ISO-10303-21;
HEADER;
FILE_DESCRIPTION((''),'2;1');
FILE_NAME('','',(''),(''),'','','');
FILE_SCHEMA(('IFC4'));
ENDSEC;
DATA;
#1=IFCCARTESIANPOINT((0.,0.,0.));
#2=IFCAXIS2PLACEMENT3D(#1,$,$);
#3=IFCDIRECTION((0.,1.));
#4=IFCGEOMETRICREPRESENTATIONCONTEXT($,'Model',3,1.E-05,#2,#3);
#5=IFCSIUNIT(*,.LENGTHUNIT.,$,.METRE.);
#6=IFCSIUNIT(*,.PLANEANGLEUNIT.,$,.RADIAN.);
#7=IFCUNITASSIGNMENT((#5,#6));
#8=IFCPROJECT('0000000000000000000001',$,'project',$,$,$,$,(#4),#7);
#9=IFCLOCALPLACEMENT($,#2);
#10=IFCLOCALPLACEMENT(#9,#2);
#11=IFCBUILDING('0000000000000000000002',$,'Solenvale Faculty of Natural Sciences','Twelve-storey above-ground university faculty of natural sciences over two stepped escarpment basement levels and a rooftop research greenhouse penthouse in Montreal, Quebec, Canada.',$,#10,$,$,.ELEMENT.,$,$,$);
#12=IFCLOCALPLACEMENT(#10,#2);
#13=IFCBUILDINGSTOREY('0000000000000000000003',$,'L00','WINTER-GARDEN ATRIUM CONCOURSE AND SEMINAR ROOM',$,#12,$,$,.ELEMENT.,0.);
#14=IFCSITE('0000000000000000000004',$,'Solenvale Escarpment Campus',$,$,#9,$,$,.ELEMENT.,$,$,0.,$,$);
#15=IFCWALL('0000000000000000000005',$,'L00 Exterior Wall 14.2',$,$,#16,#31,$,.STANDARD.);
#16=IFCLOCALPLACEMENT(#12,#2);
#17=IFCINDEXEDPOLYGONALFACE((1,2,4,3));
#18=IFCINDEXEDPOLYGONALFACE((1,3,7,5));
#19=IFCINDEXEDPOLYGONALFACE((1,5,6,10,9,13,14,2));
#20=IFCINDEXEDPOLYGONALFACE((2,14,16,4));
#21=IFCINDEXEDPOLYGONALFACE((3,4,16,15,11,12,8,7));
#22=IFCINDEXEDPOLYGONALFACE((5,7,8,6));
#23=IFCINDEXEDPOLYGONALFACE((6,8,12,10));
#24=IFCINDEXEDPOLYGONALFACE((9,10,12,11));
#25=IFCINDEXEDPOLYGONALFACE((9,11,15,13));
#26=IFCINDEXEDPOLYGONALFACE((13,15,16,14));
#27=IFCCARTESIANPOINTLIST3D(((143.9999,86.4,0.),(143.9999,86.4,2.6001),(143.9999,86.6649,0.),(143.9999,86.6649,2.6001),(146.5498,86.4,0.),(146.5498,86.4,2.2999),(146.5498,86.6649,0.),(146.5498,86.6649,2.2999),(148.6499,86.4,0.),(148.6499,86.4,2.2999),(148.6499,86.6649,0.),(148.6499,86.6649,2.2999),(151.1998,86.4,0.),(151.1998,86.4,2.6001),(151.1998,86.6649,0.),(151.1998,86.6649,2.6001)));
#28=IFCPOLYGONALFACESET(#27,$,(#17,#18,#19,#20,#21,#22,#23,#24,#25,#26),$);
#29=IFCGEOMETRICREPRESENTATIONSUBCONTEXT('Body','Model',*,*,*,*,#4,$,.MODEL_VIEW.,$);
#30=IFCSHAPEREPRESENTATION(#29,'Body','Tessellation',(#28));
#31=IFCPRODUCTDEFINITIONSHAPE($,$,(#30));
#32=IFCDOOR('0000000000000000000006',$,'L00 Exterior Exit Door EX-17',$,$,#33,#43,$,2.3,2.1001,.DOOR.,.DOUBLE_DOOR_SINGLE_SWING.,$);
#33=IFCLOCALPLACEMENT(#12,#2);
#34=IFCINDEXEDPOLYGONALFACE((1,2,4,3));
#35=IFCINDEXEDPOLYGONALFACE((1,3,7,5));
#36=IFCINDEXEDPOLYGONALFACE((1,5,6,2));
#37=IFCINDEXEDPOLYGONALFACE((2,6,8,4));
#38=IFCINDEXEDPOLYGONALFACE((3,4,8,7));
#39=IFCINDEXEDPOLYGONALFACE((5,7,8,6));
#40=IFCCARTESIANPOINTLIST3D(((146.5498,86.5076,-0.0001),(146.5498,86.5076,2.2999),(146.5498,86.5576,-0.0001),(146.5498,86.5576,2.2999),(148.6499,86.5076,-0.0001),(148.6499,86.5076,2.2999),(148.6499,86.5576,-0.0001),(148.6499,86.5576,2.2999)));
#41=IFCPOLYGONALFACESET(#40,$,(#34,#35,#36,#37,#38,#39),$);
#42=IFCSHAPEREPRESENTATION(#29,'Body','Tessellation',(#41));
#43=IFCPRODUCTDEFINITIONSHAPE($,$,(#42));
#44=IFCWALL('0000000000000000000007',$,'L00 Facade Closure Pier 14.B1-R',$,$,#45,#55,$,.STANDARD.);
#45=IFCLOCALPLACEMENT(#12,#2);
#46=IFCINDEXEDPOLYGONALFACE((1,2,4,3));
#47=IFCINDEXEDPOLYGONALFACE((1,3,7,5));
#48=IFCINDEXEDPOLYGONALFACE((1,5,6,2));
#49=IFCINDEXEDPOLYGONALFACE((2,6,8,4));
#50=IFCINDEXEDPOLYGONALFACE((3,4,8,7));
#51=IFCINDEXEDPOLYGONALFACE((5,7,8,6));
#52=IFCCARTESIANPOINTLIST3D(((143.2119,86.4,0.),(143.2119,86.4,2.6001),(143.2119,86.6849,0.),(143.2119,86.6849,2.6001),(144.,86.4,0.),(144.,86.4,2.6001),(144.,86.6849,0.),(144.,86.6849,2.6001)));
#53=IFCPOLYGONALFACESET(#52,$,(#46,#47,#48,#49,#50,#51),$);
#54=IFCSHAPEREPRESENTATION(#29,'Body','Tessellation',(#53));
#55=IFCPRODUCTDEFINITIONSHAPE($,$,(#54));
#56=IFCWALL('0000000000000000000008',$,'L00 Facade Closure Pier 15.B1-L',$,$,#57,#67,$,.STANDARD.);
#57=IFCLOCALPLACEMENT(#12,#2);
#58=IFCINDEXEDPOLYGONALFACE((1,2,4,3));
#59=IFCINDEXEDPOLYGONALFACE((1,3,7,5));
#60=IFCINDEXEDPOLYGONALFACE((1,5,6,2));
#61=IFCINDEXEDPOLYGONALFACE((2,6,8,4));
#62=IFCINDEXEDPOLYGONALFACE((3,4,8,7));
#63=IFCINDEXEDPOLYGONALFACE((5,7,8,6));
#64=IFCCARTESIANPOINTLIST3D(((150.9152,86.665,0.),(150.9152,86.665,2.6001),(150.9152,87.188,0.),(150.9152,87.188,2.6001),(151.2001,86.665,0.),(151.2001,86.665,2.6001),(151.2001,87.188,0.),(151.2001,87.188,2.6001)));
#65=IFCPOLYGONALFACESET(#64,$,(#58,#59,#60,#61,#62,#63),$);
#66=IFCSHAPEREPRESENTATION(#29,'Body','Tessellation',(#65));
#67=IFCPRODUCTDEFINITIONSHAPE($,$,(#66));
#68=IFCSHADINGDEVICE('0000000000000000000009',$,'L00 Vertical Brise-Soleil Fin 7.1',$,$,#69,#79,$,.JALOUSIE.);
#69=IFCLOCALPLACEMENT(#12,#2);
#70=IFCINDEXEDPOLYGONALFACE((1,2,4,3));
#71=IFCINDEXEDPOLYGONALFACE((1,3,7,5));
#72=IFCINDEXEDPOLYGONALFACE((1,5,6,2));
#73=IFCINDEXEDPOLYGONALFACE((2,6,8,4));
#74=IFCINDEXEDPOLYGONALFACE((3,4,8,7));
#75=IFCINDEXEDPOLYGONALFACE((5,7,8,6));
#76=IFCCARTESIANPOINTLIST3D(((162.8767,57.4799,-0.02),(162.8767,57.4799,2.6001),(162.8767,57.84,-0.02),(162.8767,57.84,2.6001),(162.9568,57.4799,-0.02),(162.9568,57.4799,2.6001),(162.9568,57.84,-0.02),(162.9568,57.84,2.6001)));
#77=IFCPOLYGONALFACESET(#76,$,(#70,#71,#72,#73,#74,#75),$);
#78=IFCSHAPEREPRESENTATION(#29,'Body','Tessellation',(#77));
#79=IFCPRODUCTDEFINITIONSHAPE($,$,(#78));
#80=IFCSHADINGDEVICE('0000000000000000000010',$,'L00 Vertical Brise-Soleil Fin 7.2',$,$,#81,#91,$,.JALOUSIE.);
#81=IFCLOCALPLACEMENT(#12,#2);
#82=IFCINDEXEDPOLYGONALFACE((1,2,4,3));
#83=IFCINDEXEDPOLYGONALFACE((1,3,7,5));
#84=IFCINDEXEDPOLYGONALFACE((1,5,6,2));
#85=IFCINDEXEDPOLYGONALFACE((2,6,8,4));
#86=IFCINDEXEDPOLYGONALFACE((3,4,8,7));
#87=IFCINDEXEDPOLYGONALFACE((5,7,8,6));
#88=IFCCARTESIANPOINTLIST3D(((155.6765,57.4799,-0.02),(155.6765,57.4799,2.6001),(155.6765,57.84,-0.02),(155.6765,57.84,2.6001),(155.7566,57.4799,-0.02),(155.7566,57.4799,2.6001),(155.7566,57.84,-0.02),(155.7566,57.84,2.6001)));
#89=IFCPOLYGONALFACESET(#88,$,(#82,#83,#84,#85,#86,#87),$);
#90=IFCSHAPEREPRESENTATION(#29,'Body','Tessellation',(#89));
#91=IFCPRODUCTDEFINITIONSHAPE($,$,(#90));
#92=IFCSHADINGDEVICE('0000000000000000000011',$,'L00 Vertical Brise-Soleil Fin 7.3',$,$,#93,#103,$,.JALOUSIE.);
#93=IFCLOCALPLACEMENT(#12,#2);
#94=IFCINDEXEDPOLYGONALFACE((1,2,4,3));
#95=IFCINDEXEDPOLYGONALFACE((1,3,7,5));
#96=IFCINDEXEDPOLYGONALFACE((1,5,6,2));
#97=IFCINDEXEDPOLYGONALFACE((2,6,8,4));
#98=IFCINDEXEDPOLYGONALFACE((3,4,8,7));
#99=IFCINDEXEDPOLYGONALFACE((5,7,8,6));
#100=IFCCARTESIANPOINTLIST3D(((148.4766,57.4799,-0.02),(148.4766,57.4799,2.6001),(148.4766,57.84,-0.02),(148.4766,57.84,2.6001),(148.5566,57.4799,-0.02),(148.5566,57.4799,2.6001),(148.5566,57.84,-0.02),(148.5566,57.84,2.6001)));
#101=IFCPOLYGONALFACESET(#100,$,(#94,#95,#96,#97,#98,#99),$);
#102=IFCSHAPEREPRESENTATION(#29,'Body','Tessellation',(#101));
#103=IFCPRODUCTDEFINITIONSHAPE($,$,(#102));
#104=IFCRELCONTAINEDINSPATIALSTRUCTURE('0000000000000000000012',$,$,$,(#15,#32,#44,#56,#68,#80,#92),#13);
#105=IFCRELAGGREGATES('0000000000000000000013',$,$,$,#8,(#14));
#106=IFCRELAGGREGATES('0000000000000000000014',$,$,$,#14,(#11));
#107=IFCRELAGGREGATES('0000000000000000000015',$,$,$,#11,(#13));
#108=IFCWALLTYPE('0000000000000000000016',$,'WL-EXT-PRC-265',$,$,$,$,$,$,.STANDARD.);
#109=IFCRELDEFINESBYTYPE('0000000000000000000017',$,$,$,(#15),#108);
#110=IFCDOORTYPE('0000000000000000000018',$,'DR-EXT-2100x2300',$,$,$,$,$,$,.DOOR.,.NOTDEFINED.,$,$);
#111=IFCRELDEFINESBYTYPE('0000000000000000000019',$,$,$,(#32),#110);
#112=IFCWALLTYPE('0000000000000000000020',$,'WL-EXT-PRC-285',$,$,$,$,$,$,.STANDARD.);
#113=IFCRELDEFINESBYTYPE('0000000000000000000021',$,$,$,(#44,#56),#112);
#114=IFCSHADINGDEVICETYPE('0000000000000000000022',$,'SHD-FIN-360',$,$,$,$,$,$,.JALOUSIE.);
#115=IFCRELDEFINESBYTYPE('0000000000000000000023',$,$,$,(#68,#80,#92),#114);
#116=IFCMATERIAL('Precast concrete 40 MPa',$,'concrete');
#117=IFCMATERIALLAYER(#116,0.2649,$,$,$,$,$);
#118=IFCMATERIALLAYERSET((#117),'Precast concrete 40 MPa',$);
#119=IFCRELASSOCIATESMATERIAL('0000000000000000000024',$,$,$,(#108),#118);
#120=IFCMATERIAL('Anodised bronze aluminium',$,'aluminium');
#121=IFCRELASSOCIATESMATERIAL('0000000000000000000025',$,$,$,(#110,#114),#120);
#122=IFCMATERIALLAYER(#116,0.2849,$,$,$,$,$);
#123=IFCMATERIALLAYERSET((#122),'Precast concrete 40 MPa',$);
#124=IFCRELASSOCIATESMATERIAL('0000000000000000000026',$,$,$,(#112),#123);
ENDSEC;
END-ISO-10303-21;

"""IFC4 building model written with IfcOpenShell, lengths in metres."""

from ifc_helpers import new_model, si_unit, direction, frame, frame_2d, origin, origin_2d, place, context, subcontext, project, spatial, rectangle, extrude, material, layer, layer_set, material_profile, profile_set, type_object, element, fill, save


model = new_model("IFC4")

# Units and contexts
model_context = context("Model", 3, precision=1e-05, world=origin(), true_north=direction((0.0, 1.0)))
body_context = subcontext(model_context, "Body", "Model", "MODEL_VIEW")
ifc_project = project(units=[si_unit("LENGTHUNIT", "METRE"), si_unit("PLANEANGLEUNIT", "RADIAN")], contexts=[model_context])

# Site, building, storey
site_placement = place(None, origin())
site = spatial("IfcSite", under=ifc_project, at=site_placement, Name="Solenvale Escarpment Campus", CompositionType="ELEMENT", RefElevation=0.0)
building_placement = place(site_placement, origin())
building = spatial("IfcBuilding", under=site, at=building_placement, Name="Solenvale Faculty of Natural Sciences", Description="Twelve-storey above-ground university faculty of natural sciences over two stepped escarpment basement levels and a rooftop research greenhouse penthouse in Montreal, Quebec, Canada.", CompositionType="ELEMENT")
storey_placement = place(building_placement, origin())
storey = spatial("IfcBuildingStorey", under=building, at=storey_placement, Name="L00", Description="WINTER-GARDEN ATRIUM CONCOURSE AND SEMINAR ROOM", CompositionType="ELEMENT", Elevation=0.0)

# Shared definitions
ifc_material_1 = material(Name="Anodised bronze aluminium", Category="aluminium")

# Wall, opening, door
ifc_material_2 = material(Name="Precast concrete 40 MPa", Category="concrete")
ifc_layer_1 = layer(ifc_material_2, 0.2649)
ifc_layer_set_1 = layer_set([ifc_layer_1], Name="Precast concrete 40 MPa")
wall_type_1 = type_object("IfcWallType", Name="WL-EXT-PRC-265", PredefinedType="STANDARD", material=ifc_layer_set_1)
wall_1_placement = place(storey_placement, frame((151.2, 86.5325, 0.0), z_axis=(0.0, 0.0, 1.0), x_axis=(-1.0, 0.0, 0.0)))
wall_1 = element("IfcWall", 1, at=wall_1_placement, inside=storey, type_object=wall_type_1, Name="L00 Exterior Wall 14.2", PredefinedType="STANDARD", context=body_context, shape_type="SweptSolid", body=[
    extrude(rectangle(XDim=7.2, YDim=0.2649, at=frame_2d((3.6001, 0.0))), origin(), (0.0, 0.0, 1.0), 2.6001),
])
opening_placement = place(wall_1_placement, frame((2.55, 0.0, 0.0)))
opening = element("IfcOpeningElement", 2, at=opening_placement, cuts=wall_1, PredefinedType="OPENING", context=body_context, shape_type="SweptSolid", body=[
    extrude(rectangle(XDim=2.1001, YDim=2.3, at=frame_2d((1.05, 1.1499))), frame((0.0, 0.1423, 0.0), z_axis=(0.0, -1.0, 0.0), x_axis=(1.0, 0.0, 0.0)), (0.0, 0.0, 1.0), 0.2849),
])
door_type = type_object("IfcDoorType", Name="DR-EXT-2100x2300", OperationType="NOTDEFINED", PredefinedType="DOOR", material=ifc_material_1)
door_placement = place(opening_placement, origin())
door = element("IfcDoor", 3, at=door_placement, inside=storey, type_object=door_type, Name="L00 Exterior Exit Door EX-17", OperationType="DOUBLE_DOOR_SINGLE_SWING", OverallHeight=2.3, OverallWidth=2.1001, PredefinedType="DOOR", context=body_context, shape_type="SweptSolid", body=[
    extrude(rectangle(XDim=2.1001, YDim=2.3, at=frame_2d((1.05, 1.1499))), frame((0.0, 0.0249, 0.0), z_axis=(0.0, -1.0, 0.0), x_axis=(1.0, 0.0, 0.0)), (0.0, 0.0, 1.0), 0.05),
])
fill(opening, door)

# Walls
ifc_layer_2 = layer(ifc_material_2, 0.2849)
ifc_layer_set_2 = layer_set([ifc_layer_2], Name="Precast concrete 40 MPa")
wall_type_2 = type_object("IfcWallType", Name="WL-EXT-PRC-285", PredefinedType="STANDARD", material=ifc_layer_set_2)
wall_2_placement = place(storey_placement, frame((143.2119, 86.5425, 0.0), z_axis=(0.0, 0.0, 1.0), x_axis=(1.0, 0.0, 0.0)))
element("IfcWall", 4, at=wall_2_placement, inside=storey, type_object=wall_type_2, Name="L00 Facade Closure Pier 14.B1-R", PredefinedType="STANDARD", context=body_context, shape_type="SweptSolid", body=[
    extrude(rectangle(XDim=0.7881, YDim=0.2849, at=frame_2d((0.394, 0.0))), origin(), (0.0, 0.0, 1.0), 2.6001),
])
wall_3_placement = place(storey_placement, frame((151.0576, 86.665, 0.0), z_axis=(0.0, 0.0, 1.0), x_axis=(0.0, 1.0, 0.0)))
element("IfcWall", 5, at=wall_3_placement, inside=storey, type_object=wall_type_2, Name="L00 Facade Closure Pier 15.B1-L", PredefinedType="STANDARD", context=body_context, shape_type="SweptSolid", body=[
    extrude(rectangle(XDim=0.5229, YDim=0.2849, at=frame_2d((0.2615, 0.0))), origin(), (0.0, 0.0, 1.0), 2.6001),
])

# Shading devices
ifc_material_profile_1 = material_profile(ifc_material_1, rectangle(XDim=0.0801, YDim=0.3601, at=origin_2d()), Name="ALU-FIN-80x360")
ifc_profile_set_1 = profile_set([ifc_material_profile_1], Name="Anodised bronze aluminium")
shading_device_type = type_object("IfcShadingDeviceType", Name="SHD-FIN-360", PredefinedType="JALOUSIE", material=ifc_profile_set_1)
for number, where, z_axis, x_axis, name in (
    (6, (162.9167, 57.6599, -0.02), (0.0, 0.0, 1.0), (1.0, 0.0, 0.0), "L00 Vertical Brise-Soleil Fin 7.1"),
    (7, (155.7166, 57.6599, -0.02), (0.0, 0.0, 1.0), (1.0, 0.0, 0.0), "L00 Vertical Brise-Soleil Fin 7.2"),
    (8, (148.5166, 57.6599, -0.02), (0.0, 0.0, 1.0), (1.0, 0.0, 0.0), "L00 Vertical Brise-Soleil Fin 7.3"),
):
    element("IfcShadingDevice", number, at=place(storey_placement, frame(where, z_axis=z_axis, x_axis=x_axis)), inside=storey, type_object=shading_device_type, Name=name, PredefinedType="JALOUSIE", context=body_context, shape_type="SweptSolid", body=[
        extrude(rectangle(XDim=0.0801, YDim=0.3601, at=origin_2d()), origin(), (0.0, 0.0, 1.0), 2.6201),
    ])

save(model, "model.ifc")
